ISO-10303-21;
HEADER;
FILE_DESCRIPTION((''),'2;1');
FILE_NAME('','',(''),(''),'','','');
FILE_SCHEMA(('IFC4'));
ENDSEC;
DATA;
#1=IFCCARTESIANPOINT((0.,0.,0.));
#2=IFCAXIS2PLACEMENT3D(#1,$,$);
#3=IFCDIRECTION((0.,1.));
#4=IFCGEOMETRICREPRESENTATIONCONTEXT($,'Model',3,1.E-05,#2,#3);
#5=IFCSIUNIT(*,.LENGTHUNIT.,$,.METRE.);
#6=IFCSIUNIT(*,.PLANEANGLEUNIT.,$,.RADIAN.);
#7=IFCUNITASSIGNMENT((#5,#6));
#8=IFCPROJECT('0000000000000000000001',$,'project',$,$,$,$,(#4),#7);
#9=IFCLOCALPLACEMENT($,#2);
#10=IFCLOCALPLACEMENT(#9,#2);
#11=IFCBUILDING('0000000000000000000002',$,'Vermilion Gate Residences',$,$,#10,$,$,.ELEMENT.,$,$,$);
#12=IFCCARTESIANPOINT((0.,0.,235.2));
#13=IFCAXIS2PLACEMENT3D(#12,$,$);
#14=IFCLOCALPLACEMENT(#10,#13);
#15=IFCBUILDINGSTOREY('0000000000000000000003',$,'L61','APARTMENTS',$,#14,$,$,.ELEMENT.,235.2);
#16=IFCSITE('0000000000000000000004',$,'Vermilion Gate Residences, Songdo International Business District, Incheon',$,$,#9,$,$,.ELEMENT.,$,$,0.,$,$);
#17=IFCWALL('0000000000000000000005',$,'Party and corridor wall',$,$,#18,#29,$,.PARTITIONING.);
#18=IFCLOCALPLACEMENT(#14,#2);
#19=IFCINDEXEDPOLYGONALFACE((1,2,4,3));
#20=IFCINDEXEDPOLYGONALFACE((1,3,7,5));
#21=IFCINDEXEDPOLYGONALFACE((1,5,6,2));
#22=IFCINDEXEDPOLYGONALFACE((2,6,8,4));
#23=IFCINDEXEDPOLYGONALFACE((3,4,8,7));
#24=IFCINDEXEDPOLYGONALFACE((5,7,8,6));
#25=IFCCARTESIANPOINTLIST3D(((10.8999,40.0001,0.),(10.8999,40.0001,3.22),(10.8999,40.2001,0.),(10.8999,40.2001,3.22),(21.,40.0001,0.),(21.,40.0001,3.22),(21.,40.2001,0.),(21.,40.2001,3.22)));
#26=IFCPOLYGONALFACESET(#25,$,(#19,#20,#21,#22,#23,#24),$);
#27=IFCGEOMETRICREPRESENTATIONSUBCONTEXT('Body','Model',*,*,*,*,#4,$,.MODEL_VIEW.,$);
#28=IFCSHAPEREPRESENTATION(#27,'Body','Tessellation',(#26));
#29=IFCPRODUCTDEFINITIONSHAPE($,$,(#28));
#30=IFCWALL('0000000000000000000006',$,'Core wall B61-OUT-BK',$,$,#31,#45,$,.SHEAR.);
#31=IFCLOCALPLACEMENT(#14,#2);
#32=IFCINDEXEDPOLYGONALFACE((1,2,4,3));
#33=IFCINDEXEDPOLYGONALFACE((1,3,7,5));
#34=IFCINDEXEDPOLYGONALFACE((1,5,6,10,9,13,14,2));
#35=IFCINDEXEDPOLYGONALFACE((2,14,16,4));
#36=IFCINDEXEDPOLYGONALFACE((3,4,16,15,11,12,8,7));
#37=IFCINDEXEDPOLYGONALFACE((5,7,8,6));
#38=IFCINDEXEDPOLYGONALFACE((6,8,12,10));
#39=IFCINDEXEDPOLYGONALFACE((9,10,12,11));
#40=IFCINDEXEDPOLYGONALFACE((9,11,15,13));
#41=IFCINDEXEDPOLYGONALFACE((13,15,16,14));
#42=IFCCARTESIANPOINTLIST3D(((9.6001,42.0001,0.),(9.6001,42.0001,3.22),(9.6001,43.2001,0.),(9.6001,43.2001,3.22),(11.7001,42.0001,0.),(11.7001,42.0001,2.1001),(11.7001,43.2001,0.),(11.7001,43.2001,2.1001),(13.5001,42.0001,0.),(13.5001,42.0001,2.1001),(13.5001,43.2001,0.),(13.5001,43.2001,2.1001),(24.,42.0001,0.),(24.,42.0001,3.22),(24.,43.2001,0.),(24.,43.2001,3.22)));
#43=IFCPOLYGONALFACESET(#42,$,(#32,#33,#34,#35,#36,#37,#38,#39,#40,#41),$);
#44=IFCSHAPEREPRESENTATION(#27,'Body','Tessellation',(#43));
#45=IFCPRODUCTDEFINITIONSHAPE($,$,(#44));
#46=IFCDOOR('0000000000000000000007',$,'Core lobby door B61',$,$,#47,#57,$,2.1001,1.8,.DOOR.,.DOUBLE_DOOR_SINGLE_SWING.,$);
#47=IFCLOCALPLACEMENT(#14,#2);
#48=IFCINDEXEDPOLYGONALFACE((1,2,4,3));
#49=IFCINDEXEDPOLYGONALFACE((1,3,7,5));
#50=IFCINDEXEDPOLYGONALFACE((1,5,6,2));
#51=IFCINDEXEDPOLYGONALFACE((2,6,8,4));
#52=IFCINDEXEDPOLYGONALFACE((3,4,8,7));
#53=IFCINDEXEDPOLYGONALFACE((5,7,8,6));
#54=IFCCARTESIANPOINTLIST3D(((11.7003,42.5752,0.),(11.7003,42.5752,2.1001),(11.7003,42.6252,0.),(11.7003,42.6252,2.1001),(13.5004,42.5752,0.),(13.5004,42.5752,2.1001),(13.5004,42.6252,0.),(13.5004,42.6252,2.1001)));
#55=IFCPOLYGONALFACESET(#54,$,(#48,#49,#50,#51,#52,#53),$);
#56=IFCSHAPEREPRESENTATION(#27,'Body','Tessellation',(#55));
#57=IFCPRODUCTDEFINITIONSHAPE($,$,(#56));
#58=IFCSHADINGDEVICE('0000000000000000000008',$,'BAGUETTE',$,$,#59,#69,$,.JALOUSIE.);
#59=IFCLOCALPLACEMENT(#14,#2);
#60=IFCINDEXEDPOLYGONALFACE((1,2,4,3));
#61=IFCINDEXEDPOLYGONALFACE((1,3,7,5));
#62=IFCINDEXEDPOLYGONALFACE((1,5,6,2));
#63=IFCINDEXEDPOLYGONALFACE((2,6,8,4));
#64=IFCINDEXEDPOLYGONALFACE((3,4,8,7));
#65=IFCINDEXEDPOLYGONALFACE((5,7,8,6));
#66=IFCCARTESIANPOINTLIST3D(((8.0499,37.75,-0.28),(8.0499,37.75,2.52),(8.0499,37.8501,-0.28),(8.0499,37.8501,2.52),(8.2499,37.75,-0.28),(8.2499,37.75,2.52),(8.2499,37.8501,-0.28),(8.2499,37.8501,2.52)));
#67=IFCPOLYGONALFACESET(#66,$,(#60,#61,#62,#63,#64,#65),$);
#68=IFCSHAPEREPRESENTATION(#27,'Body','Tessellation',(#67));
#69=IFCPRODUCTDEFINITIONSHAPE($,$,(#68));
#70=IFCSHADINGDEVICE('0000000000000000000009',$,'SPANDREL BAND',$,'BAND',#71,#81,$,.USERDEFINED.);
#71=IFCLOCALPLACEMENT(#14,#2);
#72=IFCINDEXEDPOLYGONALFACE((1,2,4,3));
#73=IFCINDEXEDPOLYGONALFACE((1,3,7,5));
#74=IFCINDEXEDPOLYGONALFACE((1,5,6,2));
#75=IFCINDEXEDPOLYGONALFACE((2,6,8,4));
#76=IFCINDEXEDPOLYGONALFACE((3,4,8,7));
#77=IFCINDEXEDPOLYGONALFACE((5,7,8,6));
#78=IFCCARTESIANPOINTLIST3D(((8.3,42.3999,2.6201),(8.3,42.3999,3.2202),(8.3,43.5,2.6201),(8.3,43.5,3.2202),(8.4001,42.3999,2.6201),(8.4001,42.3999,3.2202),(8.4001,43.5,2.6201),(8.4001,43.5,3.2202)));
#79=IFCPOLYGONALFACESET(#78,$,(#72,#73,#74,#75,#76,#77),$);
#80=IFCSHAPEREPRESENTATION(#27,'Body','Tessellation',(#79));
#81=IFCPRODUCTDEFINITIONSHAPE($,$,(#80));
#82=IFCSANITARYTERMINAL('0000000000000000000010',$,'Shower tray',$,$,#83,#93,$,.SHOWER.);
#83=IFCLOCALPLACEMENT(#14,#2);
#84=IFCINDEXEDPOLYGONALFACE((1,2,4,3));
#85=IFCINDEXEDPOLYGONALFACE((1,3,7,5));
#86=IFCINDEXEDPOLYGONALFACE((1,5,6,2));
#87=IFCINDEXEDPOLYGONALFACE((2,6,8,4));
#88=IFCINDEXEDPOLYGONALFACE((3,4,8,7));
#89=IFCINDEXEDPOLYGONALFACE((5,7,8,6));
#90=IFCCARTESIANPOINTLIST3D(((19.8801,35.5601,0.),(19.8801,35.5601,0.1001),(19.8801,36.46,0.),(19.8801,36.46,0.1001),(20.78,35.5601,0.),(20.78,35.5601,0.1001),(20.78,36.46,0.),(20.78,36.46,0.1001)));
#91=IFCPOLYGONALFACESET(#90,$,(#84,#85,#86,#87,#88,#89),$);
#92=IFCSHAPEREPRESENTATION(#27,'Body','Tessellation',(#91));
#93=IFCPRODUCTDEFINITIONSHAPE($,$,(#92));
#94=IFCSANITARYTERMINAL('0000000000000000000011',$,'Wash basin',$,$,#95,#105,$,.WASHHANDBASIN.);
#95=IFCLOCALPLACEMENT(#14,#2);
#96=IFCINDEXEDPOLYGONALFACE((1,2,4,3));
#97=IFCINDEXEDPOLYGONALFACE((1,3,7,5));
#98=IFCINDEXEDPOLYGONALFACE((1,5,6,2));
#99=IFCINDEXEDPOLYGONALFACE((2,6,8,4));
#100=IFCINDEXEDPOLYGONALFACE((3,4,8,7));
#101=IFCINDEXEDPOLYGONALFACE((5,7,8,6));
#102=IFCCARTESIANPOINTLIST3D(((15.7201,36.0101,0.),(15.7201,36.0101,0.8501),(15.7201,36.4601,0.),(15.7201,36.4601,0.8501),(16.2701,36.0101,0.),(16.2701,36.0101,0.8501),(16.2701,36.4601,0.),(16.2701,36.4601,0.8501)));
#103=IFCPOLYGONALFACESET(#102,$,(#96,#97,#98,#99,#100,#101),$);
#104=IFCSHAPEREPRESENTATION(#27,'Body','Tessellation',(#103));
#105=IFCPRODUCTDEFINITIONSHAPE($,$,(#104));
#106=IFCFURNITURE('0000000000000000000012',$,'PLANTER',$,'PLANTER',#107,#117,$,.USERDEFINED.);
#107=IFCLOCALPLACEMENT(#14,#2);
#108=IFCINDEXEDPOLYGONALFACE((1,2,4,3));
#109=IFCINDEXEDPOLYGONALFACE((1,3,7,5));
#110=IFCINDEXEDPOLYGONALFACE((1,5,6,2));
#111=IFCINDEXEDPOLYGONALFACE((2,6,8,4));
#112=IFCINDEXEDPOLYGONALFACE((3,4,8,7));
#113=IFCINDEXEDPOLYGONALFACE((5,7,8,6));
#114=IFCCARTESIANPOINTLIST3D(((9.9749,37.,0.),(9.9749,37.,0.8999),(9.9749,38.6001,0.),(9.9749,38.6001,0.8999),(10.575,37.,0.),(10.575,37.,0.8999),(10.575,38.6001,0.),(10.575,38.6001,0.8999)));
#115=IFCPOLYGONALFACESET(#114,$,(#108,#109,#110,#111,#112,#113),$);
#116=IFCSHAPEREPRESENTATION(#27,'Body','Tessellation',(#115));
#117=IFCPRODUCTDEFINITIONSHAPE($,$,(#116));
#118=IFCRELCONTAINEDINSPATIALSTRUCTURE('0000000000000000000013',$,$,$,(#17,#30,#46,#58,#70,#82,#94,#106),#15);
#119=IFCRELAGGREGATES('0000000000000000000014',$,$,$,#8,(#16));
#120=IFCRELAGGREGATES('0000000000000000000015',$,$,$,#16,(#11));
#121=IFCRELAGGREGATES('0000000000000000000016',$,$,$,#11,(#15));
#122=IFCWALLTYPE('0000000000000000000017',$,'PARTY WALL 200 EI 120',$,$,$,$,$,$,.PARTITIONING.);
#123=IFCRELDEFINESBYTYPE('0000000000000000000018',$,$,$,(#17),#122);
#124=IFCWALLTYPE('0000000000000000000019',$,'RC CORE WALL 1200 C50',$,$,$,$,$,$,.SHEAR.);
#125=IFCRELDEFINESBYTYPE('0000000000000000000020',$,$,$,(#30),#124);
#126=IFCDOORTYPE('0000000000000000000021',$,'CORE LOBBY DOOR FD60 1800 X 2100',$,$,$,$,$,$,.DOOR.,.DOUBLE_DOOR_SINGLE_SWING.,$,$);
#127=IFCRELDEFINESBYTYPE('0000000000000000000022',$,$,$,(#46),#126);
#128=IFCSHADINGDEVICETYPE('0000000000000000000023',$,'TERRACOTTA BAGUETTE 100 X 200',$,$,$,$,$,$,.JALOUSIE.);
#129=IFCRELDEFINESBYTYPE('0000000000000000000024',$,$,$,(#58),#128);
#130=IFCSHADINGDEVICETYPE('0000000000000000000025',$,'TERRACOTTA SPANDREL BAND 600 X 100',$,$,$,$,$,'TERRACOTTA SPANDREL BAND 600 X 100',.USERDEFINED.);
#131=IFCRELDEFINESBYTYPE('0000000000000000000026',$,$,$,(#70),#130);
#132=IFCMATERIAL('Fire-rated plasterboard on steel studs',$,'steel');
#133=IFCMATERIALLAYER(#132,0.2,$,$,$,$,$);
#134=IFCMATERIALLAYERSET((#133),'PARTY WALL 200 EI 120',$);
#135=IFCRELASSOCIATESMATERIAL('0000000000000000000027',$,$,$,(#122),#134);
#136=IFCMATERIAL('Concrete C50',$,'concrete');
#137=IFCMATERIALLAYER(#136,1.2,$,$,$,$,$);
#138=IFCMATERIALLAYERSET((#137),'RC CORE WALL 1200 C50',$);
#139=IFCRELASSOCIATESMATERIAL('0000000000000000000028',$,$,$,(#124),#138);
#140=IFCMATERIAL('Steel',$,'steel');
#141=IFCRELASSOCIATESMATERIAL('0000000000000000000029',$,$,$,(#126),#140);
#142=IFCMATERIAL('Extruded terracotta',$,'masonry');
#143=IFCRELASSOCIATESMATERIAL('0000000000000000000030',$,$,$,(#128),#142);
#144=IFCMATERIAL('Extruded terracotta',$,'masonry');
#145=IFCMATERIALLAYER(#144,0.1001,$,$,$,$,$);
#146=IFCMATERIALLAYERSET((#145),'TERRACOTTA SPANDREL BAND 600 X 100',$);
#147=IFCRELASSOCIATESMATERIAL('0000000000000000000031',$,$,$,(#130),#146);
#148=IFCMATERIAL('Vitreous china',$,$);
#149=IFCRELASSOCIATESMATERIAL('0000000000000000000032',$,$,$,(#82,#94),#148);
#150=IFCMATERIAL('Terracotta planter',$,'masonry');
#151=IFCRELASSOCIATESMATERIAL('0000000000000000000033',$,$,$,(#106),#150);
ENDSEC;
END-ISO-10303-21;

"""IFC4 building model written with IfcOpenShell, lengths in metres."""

from ifc_helpers import new_model, si_unit, direction, frame, frame_2d, origin, origin_2d, place, context, subcontext, project, spatial, rectangle, extrude, material, layer, layer_set, material_profile, profile_set, type_object, element, fill, save


model = new_model("IFC4")

# Units and contexts
model_context = context("Model", 3, precision=1e-05, world=origin(), true_north=direction((0.0, 1.0)))
body_context = subcontext(model_context, "Body", "Model", "MODEL_VIEW")
ifc_project = project(units=[si_unit("LENGTHUNIT", "METRE"), si_unit("PLANEANGLEUNIT", "RADIAN")], contexts=[model_context])

# Site, building, storey
site_placement = place(None, origin())
site = spatial("IfcSite", under=ifc_project, at=site_placement, Name="Vermilion Gate Residences, Songdo International Business District, Incheon", CompositionType="ELEMENT", RefElevation=0.0)
building_placement = place(site_placement, origin())
building = spatial("IfcBuilding", under=site, at=building_placement, Name="Vermilion Gate Residences", CompositionType="ELEMENT")
storey_placement = place(building_placement, frame((0.0, 0.0, 235.2)))
storey = spatial("IfcBuildingStorey", under=building, at=storey_placement, Name="L61", Description="APARTMENTS", CompositionType="ELEMENT", Elevation=235.2)

# Wall
ifc_material_1 = material(Name="Fire-rated plasterboard on steel studs", Category="steel")
ifc_layer_1 = layer(ifc_material_1, 0.2)
ifc_layer_set_1 = layer_set([ifc_layer_1], Name="PARTY WALL 200 EI 120")
wall_type_1 = type_object("IfcWallType", Name="PARTY WALL 200 EI 120", PredefinedType="PARTITIONING", material=ifc_layer_set_1)
wall_1_placement = place(storey_placement, frame((10.8999, 40.1001, 0.0), z_axis=(0.0, 0.0, 1.0), x_axis=(1.0, 0.0, 0.0)))
element("IfcWall", 1, at=wall_1_placement, inside=storey, type_object=wall_type_1, Name="Party and corridor wall", PredefinedType="PARTITIONING", context=body_context, shape_type="SweptSolid", body=[
    extrude(rectangle(XDim=10.1001, YDim=0.2, at=frame_2d((5.05, 0.0))), origin(), (0.0, 0.0, 1.0), 3.22),
])

# Wall, opening, door
ifc_material_2 = material(Name="Concrete C50", Category="concrete")
ifc_layer_2 = layer(ifc_material_2, 1.2)
ifc_layer_set_2 = layer_set([ifc_layer_2], Name="RC CORE WALL 1200 C50")
wall_type_2 = type_object("IfcWallType", Name="RC CORE WALL 1200 C50", PredefinedType="SHEAR", material=ifc_layer_set_2)
wall_2_placement = place(storey_placement, frame((9.6001, 42.6001, 0.0), z_axis=(0.0, 0.0, 1.0), x_axis=(1.0, 0.0, 0.0)))
wall_2 = element("IfcWall", 2, at=wall_2_placement, inside=storey, type_object=wall_type_2, Name="Core wall B61-OUT-BK", PredefinedType="SHEAR", context=body_context, shape_type="SweptSolid", body=[
    extrude(rectangle(XDim=14.3999, YDim=1.2, at=frame_2d((7.2, 0.0))), origin(), (0.0, 0.0, 1.0), 3.22),
])
opening_1_placement = place(wall_2_placement, frame((2.1001, 0.0, 0.0)))
opening_1 = element("IfcOpeningElement", 3, at=opening_1_placement, cuts=wall_2, PredefinedType="OPENING", context=body_context, shape_type="SweptSolid", body=[
    extrude(rectangle(XDim=1.8, YDim=2.1001, at=frame_2d((0.8999, 1.05))), frame((0.0, 0.6099, 0.0), z_axis=(0.0, -1.0, 0.0), x_axis=(1.0, 0.0, 0.0)), (0.0, 0.0, 1.0), 1.22),
])
ifc_material_3 = material(Name="Steel", Category="steel")
door_type_1 = type_object("IfcDoorType", Name="CORE LOBBY DOOR FD60 1800 X 2100", OperationType="DOUBLE_DOOR_SINGLE_SWING", PredefinedType="DOOR", material=ifc_material_3)
door_1_placement = place(opening_1_placement, frame((1.8, 0.0, 0.0), z_axis=(0.0, 0.0, 1.0), x_axis=(-1.0, 0.0, 0.0)))
door_1 = element("IfcDoor", 4, at=door_1_placement, inside=storey, type_object=door_type_1, Name="Core lobby door B61", OperationType="DOUBLE_DOOR_SINGLE_SWING", OverallHeight=2.1001, OverallWidth=1.8, PredefinedType="DOOR", context=body_context, shape_type="SweptSolid", body=[
    extrude(rectangle(XDim=1.8, YDim=2.1001, at=frame_2d((0.8999, 1.05))), frame((0.0, 0.0249, 0.0), z_axis=(0.0, -1.0, 0.0), x_axis=(1.0, 0.0, 0.0)), (0.0, 0.0, 1.0), 0.05),
])
fill(opening_1, door_1)

# Shading devices
ifc_material_4 = material(Name="Extruded terracotta", Category="masonry")
ifc_material_profile_1 = material_profile(ifc_material_4, rectangle(XDim=0.2, YDim=0.1001, at=origin_2d()), Name="BAGUETTE 100 X 200")
ifc_profile_set_1 = profile_set([ifc_material_profile_1], Name="Extruded terracotta")
shading_device_type_1 = type_object("IfcShadingDeviceType", Name="TERRACOTTA BAGUETTE 100 X 200", PredefinedType="JALOUSIE", material=ifc_profile_set_1)
shading_device_1_placement = place(storey_placement, frame((8.1499, 37.8, -0.28), z_axis=(0.0, 0.0, 1.0), x_axis=(1.0, 0.0, 0.0)))
element("IfcShadingDevice", 5, at=shading_device_1_placement, inside=storey, type_object=shading_device_type_1, Name="BAGUETTE", PredefinedType="JALOUSIE", context=body_context, shape_type="SweptSolid", body=[
    extrude(rectangle(XDim=0.2, YDim=0.1001, at=origin_2d()), origin(), (0.0, 0.0, 1.0), 2.8),
])
ifc_material_5 = material(Name="Extruded terracotta", Category="masonry")
ifc_layer_3 = layer(ifc_material_5, 0.1001)
ifc_layer_set_3 = layer_set([ifc_layer_3], Name="TERRACOTTA SPANDREL BAND 600 X 100")
shading_device_type_2 = type_object("IfcShadingDeviceType", Name="TERRACOTTA SPANDREL BAND 600 X 100", ElementType="TERRACOTTA SPANDREL BAND 600 X 100", PredefinedType="USERDEFINED", material=ifc_layer_set_3)
shading_device_2_placement = place(storey_placement, frame((8.3501, 42.95, 2.6201), z_axis=(0.0, 0.0, 1.0), x_axis=(0.0, 1.0, 0.0)))
element("IfcShadingDevice", 6, at=shading_device_2_placement, inside=storey, type_object=shading_device_type_2, Name="SPANDREL BAND", ObjectType="BAND", PredefinedType="USERDEFINED", context=body_context, shape_type="SweptSolid", body=[
    extrude(rectangle(XDim=1.1001, YDim=0.1001, at=origin_2d()), origin(), (0.0, 0.0, 1.0), 0.6001),
])

# Sanitary terminals
ifc_material_6 = material(Name="Vitreous china")
sanitary_terminal_1_placement = place(storey_placement, frame((20.3301, 36.01, 0.0), z_axis=(0.0, 0.0, 1.0), x_axis=(1.0, 0.0, 0.0)))
element("IfcSanitaryTerminal", 7, at=sanitary_terminal_1_placement, inside=storey, material=ifc_material_6, Name="Shower tray", PredefinedType="SHOWER", context=body_context, shape_type="SweptSolid", body=[
    extrude(rectangle(XDim=0.8999, YDim=0.8999, at=origin_2d()), origin(), (0.0, 0.0, 1.0), 0.1001),
])
sanitary_terminal_2_placement = place(storey_placement, frame((15.9951, 36.2351, 0.0), z_axis=(0.0, 0.0, 1.0), x_axis=(1.0, 0.0, 0.0)))
element("IfcSanitaryTerminal", 8, at=sanitary_terminal_2_placement, inside=storey, material=ifc_material_6, Name="Wash basin", PredefinedType="WASHHANDBASIN", context=body_context, shape_type="SweptSolid", body=[
    extrude(rectangle(XDim=0.55, YDim=0.45, at=origin_2d()), origin(), (0.0, 0.0, 1.0), 0.8501),
])

# Furniture
ifc_material_7 = material(Name="Terracotta planter", Category="masonry")
furniture_placement = place(storey_placement, frame((10.2749, 37.8, 0.0), z_axis=(0.0, 0.0, 1.0), x_axis=(0.0, -1.0, 0.0)))
element("IfcFurniture", 9, at=furniture_placement, inside=storey, material=ifc_material_7, Name="PLANTER", ObjectType="PLANTER", PredefinedType="USERDEFINED", context=body_context, shape_type="SweptSolid", body=[
    extrude(rectangle(XDim=1.6001, YDim=0.6001, at=origin_2d()), origin(), (0.0, 0.0, 1.0), 0.8999),
])

save(model, "model.ifc")
